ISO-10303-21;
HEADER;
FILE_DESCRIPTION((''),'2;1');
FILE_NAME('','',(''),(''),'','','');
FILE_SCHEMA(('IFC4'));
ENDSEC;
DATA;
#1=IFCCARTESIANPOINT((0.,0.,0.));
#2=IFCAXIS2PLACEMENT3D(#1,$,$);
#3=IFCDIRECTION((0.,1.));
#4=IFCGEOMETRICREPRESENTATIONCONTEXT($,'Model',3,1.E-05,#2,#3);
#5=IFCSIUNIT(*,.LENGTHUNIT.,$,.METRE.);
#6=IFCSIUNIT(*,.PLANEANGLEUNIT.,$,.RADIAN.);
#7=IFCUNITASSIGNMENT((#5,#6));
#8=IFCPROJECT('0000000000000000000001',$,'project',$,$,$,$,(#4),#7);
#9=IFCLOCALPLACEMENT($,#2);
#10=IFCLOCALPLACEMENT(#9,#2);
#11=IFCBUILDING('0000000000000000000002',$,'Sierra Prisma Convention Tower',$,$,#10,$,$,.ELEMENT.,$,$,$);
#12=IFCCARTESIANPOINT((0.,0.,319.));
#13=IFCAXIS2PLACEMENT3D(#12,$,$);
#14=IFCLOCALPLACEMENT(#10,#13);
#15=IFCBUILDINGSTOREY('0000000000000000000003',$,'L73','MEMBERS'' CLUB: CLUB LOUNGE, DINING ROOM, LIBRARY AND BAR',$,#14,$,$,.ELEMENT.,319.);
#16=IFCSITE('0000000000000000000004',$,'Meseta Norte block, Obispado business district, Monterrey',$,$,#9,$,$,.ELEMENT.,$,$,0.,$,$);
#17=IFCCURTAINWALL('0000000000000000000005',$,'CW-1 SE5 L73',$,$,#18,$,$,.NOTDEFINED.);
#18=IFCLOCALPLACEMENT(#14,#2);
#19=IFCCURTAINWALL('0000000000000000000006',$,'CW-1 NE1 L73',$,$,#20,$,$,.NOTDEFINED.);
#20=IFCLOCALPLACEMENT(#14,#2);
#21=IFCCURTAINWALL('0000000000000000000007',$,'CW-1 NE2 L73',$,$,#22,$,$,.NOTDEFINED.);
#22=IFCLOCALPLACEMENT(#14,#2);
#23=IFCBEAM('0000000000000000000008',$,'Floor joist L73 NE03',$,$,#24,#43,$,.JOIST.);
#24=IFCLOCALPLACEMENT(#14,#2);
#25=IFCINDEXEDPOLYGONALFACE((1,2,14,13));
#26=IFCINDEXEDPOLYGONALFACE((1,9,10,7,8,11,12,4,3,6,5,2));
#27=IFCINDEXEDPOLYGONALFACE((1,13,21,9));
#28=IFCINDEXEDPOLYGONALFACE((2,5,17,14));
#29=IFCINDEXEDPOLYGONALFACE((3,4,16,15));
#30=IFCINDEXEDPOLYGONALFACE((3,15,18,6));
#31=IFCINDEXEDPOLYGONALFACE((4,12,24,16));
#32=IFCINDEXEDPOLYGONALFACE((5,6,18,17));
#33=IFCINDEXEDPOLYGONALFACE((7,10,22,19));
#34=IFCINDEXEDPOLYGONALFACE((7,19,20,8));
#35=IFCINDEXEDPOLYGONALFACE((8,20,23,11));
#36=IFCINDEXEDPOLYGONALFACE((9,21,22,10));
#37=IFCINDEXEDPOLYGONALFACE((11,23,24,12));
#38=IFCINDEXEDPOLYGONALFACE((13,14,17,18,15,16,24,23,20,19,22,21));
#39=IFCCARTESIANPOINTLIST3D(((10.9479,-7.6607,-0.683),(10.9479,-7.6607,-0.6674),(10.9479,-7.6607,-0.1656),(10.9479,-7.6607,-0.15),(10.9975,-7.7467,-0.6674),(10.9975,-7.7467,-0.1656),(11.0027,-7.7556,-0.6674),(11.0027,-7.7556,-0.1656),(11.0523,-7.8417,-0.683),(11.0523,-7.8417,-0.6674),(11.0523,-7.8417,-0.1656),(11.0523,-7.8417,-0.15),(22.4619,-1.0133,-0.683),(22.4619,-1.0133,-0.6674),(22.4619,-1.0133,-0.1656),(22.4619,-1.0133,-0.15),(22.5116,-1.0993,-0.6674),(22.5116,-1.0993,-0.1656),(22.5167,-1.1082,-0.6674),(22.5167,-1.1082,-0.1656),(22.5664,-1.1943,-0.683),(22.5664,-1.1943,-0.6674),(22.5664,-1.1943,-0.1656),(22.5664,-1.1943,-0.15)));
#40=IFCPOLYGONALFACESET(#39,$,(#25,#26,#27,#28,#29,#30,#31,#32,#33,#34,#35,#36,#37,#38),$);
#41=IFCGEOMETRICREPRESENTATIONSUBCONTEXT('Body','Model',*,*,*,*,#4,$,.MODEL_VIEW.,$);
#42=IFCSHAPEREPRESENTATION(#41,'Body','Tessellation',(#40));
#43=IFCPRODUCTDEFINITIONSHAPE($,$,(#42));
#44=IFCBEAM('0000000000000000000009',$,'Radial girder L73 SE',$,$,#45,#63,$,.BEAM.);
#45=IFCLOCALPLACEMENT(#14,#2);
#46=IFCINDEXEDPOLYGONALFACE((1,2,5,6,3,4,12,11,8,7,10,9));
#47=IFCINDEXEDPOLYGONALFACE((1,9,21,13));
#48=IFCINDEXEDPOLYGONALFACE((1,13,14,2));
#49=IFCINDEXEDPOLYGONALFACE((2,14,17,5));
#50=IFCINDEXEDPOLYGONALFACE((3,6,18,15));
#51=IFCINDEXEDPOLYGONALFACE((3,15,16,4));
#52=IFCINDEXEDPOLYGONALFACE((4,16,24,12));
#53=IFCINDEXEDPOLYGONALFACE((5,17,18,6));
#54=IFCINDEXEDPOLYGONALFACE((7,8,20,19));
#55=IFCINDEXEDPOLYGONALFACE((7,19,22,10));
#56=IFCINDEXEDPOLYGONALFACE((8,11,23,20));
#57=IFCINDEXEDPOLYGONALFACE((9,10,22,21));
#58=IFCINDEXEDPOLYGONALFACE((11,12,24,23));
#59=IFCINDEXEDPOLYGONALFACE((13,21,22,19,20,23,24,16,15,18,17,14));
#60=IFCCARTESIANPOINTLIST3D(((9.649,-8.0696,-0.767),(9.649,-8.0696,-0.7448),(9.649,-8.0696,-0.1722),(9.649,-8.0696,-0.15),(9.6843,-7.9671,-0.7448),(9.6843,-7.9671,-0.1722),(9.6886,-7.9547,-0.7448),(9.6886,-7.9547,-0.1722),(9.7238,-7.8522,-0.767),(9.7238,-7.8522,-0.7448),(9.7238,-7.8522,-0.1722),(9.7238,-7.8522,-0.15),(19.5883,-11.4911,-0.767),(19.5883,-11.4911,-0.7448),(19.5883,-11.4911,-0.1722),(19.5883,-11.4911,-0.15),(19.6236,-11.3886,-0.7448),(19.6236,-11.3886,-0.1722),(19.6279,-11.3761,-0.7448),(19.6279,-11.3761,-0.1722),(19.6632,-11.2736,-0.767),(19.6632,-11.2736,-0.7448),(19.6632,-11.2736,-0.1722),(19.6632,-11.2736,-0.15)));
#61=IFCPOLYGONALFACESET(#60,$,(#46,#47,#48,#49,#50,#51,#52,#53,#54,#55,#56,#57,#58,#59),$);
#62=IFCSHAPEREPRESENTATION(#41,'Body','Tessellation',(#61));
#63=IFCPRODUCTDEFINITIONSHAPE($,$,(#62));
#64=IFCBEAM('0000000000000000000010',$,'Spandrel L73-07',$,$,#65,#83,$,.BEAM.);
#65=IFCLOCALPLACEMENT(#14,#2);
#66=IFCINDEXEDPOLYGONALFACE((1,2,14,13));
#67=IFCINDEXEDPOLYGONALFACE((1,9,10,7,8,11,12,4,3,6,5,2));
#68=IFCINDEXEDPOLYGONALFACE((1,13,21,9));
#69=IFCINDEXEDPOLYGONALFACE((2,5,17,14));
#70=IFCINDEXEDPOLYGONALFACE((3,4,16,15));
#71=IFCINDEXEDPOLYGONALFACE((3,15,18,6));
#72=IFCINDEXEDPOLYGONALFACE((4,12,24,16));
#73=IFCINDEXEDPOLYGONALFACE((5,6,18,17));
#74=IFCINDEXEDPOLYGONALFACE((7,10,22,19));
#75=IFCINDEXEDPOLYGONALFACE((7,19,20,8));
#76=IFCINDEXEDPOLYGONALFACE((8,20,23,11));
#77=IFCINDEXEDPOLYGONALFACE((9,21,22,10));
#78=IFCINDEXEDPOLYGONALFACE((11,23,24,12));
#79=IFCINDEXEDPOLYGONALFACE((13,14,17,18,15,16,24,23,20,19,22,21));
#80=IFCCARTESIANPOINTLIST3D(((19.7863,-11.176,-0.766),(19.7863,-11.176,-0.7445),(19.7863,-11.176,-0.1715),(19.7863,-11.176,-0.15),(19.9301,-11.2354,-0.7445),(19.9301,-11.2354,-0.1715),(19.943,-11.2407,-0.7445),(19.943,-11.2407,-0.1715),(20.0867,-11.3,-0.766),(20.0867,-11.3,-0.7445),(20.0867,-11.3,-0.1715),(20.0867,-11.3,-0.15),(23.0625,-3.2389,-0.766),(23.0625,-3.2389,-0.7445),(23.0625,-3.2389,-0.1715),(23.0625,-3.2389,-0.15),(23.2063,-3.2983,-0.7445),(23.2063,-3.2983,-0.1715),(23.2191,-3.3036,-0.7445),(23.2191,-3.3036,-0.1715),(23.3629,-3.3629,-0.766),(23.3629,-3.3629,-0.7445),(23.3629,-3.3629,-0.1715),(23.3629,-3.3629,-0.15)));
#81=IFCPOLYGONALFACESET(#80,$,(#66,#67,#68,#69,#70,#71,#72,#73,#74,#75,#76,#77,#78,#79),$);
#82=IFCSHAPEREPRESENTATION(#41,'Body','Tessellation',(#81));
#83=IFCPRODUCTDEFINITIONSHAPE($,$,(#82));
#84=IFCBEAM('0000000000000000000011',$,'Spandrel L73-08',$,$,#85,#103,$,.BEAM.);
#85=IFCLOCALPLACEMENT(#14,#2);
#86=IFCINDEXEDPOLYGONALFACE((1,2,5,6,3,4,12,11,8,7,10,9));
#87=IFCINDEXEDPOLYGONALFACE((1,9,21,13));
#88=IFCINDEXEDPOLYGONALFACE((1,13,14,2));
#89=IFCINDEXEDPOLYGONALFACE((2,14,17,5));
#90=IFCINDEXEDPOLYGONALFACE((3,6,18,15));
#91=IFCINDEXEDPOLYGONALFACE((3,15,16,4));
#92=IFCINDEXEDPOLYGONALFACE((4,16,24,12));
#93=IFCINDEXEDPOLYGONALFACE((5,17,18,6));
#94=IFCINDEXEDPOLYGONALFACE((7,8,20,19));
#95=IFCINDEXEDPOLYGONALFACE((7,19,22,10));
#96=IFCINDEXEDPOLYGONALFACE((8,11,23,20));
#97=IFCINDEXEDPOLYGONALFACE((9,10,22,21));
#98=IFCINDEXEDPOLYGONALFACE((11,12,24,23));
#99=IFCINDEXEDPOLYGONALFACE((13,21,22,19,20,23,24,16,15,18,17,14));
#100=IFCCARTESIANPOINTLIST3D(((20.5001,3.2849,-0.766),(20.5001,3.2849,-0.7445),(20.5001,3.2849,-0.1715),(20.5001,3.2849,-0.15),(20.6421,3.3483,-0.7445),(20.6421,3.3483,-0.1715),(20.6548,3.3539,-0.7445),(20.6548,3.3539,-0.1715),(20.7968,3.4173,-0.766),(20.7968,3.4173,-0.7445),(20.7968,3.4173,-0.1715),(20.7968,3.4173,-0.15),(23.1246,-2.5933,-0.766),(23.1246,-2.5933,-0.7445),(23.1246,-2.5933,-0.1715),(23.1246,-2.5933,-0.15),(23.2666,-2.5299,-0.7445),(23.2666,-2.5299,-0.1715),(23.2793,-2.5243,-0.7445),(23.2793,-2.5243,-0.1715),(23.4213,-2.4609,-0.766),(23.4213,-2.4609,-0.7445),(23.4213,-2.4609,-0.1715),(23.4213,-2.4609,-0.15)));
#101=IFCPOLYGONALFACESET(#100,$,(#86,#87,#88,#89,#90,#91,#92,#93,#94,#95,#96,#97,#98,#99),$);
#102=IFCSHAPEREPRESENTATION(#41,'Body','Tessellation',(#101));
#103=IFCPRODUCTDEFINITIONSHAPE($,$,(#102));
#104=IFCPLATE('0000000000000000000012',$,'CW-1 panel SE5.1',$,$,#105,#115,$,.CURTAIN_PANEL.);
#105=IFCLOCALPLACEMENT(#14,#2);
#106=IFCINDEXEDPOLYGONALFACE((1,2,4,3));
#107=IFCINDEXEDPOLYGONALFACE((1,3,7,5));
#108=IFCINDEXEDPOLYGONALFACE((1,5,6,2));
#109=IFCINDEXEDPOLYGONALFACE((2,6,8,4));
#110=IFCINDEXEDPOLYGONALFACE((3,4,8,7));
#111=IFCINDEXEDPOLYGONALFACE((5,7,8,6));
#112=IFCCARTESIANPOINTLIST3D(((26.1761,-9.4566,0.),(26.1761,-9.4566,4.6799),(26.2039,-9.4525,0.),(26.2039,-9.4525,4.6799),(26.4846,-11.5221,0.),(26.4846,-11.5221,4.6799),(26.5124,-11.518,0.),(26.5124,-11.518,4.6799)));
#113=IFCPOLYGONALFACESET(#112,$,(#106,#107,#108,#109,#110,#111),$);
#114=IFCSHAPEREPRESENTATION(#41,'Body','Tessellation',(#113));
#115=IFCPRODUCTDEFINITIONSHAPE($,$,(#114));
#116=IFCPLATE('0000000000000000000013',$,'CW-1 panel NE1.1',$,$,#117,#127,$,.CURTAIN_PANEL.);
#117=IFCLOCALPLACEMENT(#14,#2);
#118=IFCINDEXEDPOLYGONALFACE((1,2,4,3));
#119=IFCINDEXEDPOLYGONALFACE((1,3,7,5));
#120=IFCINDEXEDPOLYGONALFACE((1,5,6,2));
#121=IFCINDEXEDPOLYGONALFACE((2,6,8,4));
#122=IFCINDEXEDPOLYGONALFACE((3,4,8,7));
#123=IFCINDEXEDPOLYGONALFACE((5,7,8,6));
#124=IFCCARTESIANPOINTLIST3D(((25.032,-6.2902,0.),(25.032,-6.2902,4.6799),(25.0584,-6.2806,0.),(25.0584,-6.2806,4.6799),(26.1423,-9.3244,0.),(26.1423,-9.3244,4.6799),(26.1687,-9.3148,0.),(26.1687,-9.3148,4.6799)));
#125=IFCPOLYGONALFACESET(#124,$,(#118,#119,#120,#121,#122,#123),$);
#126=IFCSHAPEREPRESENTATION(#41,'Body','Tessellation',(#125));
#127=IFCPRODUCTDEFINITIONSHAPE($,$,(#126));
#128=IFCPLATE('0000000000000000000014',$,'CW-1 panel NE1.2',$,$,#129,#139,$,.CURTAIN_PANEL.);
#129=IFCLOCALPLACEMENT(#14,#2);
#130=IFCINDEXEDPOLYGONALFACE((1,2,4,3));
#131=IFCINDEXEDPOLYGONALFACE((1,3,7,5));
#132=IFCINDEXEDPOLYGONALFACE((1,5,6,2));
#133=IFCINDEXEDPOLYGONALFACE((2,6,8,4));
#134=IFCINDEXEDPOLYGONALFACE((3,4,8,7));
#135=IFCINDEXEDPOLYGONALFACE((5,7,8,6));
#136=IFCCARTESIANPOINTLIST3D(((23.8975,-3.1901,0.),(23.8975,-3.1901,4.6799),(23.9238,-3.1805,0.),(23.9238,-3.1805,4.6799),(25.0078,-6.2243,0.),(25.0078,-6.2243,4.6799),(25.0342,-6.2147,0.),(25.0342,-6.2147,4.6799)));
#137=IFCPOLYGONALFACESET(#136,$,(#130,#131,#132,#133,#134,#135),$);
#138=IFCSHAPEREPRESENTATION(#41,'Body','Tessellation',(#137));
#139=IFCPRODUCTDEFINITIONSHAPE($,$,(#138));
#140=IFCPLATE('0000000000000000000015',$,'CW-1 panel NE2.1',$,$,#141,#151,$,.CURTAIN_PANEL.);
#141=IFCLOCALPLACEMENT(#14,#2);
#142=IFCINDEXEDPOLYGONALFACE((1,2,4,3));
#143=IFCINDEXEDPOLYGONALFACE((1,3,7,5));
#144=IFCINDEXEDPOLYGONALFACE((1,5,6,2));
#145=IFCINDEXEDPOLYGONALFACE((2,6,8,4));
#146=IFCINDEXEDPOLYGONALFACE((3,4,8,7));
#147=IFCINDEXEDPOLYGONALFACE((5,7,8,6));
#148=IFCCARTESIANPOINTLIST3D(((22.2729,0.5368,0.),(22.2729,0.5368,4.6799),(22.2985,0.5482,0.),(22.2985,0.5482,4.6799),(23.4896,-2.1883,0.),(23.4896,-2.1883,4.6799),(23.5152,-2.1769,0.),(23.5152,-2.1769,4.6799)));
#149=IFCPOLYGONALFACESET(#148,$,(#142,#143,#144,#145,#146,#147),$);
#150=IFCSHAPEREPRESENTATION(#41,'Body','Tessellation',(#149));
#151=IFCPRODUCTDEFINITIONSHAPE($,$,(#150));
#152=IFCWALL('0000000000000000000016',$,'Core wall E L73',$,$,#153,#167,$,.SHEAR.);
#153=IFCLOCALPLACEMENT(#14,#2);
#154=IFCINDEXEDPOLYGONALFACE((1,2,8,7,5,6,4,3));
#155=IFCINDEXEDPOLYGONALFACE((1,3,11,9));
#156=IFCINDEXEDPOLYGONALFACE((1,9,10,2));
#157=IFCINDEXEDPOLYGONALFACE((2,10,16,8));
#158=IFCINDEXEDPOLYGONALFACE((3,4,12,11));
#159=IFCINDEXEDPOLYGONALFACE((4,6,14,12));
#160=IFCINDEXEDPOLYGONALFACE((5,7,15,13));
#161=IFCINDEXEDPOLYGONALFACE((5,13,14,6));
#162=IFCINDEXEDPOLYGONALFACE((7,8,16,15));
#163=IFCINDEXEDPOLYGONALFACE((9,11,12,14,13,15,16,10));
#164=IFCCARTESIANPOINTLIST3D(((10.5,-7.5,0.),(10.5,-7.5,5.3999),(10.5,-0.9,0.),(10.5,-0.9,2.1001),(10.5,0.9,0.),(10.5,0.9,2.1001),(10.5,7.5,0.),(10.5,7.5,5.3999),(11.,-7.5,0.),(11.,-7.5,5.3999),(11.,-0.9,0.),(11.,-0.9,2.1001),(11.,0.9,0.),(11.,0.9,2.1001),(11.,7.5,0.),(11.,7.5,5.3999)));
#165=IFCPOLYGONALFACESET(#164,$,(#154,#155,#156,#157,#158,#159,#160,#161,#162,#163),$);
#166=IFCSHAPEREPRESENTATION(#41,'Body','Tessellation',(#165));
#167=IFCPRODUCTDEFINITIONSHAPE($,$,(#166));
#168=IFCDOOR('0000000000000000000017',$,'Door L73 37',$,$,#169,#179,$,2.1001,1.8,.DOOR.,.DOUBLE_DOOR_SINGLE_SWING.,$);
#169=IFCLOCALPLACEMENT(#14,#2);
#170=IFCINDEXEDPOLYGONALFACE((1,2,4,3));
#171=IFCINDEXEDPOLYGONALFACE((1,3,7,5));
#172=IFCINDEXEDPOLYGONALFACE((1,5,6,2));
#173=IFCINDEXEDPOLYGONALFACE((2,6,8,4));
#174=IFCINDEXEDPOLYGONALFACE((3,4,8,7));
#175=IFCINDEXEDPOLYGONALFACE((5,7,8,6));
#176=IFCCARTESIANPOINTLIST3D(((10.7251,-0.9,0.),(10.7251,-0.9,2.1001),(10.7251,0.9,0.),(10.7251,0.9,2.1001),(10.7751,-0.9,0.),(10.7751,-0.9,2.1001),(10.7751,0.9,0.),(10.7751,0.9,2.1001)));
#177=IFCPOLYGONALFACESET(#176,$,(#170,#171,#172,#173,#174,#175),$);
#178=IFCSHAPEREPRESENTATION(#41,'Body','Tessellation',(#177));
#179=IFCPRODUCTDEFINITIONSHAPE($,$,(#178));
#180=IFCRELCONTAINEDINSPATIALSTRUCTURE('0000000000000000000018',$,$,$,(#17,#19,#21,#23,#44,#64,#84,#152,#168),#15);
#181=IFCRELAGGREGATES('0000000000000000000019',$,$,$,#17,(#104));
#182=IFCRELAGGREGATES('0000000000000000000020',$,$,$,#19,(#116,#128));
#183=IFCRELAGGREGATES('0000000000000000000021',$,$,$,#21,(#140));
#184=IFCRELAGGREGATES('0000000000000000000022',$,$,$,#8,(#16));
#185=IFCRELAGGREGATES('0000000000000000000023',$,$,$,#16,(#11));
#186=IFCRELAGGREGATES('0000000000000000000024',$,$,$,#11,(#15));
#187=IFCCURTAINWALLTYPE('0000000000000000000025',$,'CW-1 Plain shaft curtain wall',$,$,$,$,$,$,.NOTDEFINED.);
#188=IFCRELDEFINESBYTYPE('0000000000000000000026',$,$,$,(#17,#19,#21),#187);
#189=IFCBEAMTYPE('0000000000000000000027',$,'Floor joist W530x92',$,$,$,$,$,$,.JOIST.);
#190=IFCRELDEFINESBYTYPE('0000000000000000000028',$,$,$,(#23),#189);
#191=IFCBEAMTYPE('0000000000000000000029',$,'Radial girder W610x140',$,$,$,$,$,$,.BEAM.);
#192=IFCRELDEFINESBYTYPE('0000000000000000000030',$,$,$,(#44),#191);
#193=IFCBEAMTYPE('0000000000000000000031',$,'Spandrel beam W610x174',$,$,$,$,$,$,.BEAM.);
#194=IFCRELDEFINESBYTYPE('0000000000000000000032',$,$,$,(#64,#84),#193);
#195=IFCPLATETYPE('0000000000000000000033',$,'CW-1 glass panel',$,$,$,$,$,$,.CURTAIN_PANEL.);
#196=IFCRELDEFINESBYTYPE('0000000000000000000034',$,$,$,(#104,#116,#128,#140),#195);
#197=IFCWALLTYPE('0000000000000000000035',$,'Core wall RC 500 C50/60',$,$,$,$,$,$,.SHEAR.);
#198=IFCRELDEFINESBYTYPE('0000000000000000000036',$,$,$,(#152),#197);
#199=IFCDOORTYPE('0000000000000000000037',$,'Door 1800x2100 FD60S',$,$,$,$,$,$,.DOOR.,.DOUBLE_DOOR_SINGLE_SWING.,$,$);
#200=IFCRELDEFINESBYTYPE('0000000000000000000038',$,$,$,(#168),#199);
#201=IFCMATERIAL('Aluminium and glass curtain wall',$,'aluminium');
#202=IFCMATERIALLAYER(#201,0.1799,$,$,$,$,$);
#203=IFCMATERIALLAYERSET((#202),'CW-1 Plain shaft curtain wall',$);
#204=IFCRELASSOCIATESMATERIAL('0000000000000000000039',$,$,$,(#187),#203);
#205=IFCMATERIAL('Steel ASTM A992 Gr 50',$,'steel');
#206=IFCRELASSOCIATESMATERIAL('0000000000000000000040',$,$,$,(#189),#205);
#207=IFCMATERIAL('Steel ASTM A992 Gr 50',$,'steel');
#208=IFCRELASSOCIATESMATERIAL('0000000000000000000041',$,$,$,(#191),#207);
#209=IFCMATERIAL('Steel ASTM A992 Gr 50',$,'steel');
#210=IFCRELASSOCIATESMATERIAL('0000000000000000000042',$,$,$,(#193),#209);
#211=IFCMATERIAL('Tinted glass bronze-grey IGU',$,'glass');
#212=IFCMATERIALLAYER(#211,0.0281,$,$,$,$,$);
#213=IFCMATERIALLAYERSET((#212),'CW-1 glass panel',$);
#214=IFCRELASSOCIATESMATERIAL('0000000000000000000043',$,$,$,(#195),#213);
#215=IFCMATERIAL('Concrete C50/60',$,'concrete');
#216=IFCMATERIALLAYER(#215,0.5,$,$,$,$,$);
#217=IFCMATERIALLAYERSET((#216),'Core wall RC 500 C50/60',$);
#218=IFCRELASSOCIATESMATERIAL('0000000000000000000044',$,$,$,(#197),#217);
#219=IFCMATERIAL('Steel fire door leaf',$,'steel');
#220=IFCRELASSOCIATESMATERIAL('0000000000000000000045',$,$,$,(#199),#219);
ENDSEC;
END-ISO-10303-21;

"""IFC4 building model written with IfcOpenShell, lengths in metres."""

from ifc_helpers import new_model, si_unit, direction, frame, frame_2d, origin, origin_2d, place, context, subcontext, project, spatial, rectangle, i_section, extrude, material, layer, layer_set, material_profile, profile_set, type_object, element, fill, aggregate, save


model = new_model("IFC4")

# Units and contexts
model_context = context("Model", 3, precision=1e-05, world=origin(), true_north=direction((0.0, 1.0)))
body_context = subcontext(model_context, "Body", "Model", "MODEL_VIEW")
ifc_project = project(units=[si_unit("LENGTHUNIT", "METRE"), si_unit("PLANEANGLEUNIT", "RADIAN")], contexts=[model_context])

# Site, building, storey
site_placement = place(None, origin())
site = spatial("IfcSite", under=ifc_project, at=site_placement, Name="Meseta Norte block, Obispado business district, Monterrey", CompositionType="ELEMENT", RefElevation=0.0)
building_placement = place(site_placement, origin())
building = spatial("IfcBuilding", under=site, at=building_placement, Name="Sierra Prisma Convention Tower", CompositionType="ELEMENT")
storey_placement = place(building_placement, frame((0.0, 0.0, 319.0)))
storey = spatial("IfcBuildingStorey", under=building, at=storey_placement, Name="L73", Description="MEMBERS' CLUB: CLUB LOUNGE, DINING ROOM, LIBRARY AND BAR", CompositionType="ELEMENT", Elevation=319.0)

# Curtain wall
ifc_material_1 = material(Name="Aluminium and glass curtain wall", Category="aluminium")
ifc_layer_1 = layer(ifc_material_1, 0.1799)
ifc_layer_set_1 = layer_set([ifc_layer_1], Name="CW-1 Plain shaft curtain wall")
curtain_wall_type = type_object("IfcCurtainWallType", Name="CW-1 Plain shaft curtain wall", PredefinedType="NOTDEFINED", material=ifc_layer_set_1)
curtain_wall_1_placement = place(storey_placement, origin())
curtain_wall_1 = element("IfcCurtainWall", 1, at=curtain_wall_1_placement, inside=storey, type_object=curtain_wall_type, Name="CW-1 SE5 L73", PredefinedType="NOTDEFINED")

# Curtain wall
curtain_wall_2_placement = place(storey_placement, origin())
curtain_wall_2 = element("IfcCurtainWall", 2, at=curtain_wall_2_placement, inside=storey, type_object=curtain_wall_type, Name="CW-1 NE1 L73", PredefinedType="NOTDEFINED")

# Curtain wall
curtain_wall_3_placement = place(storey_placement, origin())
curtain_wall_3 = element("IfcCurtainWall", 3, at=curtain_wall_3_placement, inside=storey, type_object=curtain_wall_type, Name="CW-1 NE2 L73", PredefinedType="NOTDEFINED")

# Beams
ifc_material_2 = material(Name="Steel ASTM A992 Gr 50", Category="steel")
ifc_material_profile_1 = material_profile(ifc_material_2, i_section(OverallWidth=0.209, OverallDepth=0.533, WebThickness=0.0103, FlangeThickness=0.0156, at=origin_2d()), Name="W530x92")
ifc_profile_set_1 = profile_set([ifc_material_profile_1], Name="Steel ASTM A992 Gr 50")
beam_type_1 = type_object("IfcBeamType", Name="Floor joist W530x92", PredefinedType="JOIST", material=ifc_profile_set_1)
beam_1_placement = place(storey_placement, frame((22.5142, -1.1038, -0.4165), z_axis=(-0.866033, -0.499986, 0.0), x_axis=(0.499986, -0.866033, 0.0)))
element("IfcBeam", 4, at=beam_1_placement, inside=storey, type_object=beam_type_1, Name="Floor joist L73 NE03", PredefinedType="JOIST", context=body_context, shape_type="SweptSolid", body=[
    extrude(i_section(OverallWidth=0.209, OverallDepth=0.533, WebThickness=0.0103, FlangeThickness=0.0156, at=origin_2d()), origin(), (0.0, 0.0, 1.0), 13.2952),
])
ifc_material_3 = material(Name="Steel ASTM A992 Gr 50", Category="steel")
ifc_material_profile_2 = material_profile(ifc_material_3, i_section(OverallWidth=0.23, OverallDepth=0.6169, WebThickness=0.0132, FlangeThickness=0.0222, at=origin_2d()), Name="W610x140")
ifc_profile_set_2 = profile_set([ifc_material_profile_2], Name="Steel ASTM A992 Gr 50")
beam_type_2 = type_object("IfcBeamType", Name="Radial girder W610x140", PredefinedType="BEAM", material=ifc_profile_set_2)
beam_2_placement = place(storey_placement, frame((19.6257, -11.3823, -0.4585), z_axis=(-0.945547, 0.325487, 0.0), x_axis=(-0.325487, -0.945547, 0.0)))
element("IfcBeam", 5, at=beam_2_placement, inside=storey, type_object=beam_type_2, Name="Radial girder L73 SE", PredefinedType="BEAM", context=body_context, shape_type="SweptSolid", body=[
    extrude(i_section(OverallWidth=0.23, OverallDepth=0.6169, WebThickness=0.0132, FlangeThickness=0.0222, at=origin_2d()), origin(), (0.0, 0.0, 1.0), 10.5117),
])
ifc_material_4 = material(Name="Steel ASTM A992 Gr 50", Category="steel")
ifc_material_profile_3 = material_profile(ifc_material_4, i_section(OverallWidth=0.325, OverallDepth=0.616, WebThickness=0.0139, FlangeThickness=0.0215, at=origin_2d()), Name="W610x174")
ifc_profile_set_3 = profile_set([ifc_material_profile_3], Name="Steel ASTM A992 Gr 50")
beam_type_3 = type_object("IfcBeamType", Name="Spandrel beam W610x174", PredefinedType="BEAM", material=ifc_profile_set_3)
beam_3_placement = place(storey_placement, frame((19.9365, -11.238, -0.458), z_axis=(0.38154, 0.924352, 0.0), x_axis=(-0.924352, 0.38154, 0.0)))
element("IfcBeam", 6, at=beam_3_placement, inside=storey, type_object=beam_type_3, Name="Spandrel L73-07", PredefinedType="BEAM", context=body_context, shape_type="SweptSolid", body=[
    extrude(i_section(OverallWidth=0.325, OverallDepth=0.616, WebThickness=0.0139, FlangeThickness=0.0215, at=origin_2d()), origin(), (0.0, 0.0, 1.0), 8.5867),
])
beam_4_placement = place(storey_placement, frame((23.2729, -2.5271, -0.458), z_axis=(-0.407693, 0.913119, 0.0), x_axis=(-0.913119, -0.407693, 0.0)))
element("IfcBeam", 7, at=beam_4_placement, inside=storey, type_object=beam_type_3, Name="Spandrel L73-08", PredefinedType="BEAM", context=body_context, shape_type="SweptSolid", body=[
    extrude(i_section(OverallWidth=0.325, OverallDepth=0.616, WebThickness=0.0139, FlangeThickness=0.0215, at=origin_2d()), origin(), (0.0, 0.0, 1.0), 6.4375),
])

# Plates
ifc_material_5 = material(Name="Tinted glass bronze-grey IGU", Category="glass")
ifc_layer_2 = layer(ifc_material_5, 0.0281)
ifc_layer_set_2 = layer_set([ifc_layer_2], Name="CW-1 glass panel")
plate_type = type_object("IfcPlateType", Name="CW-1 glass panel", PredefinedType="CURTAIN_PANEL", material=ifc_layer_set_2)
plate_1_placement = place(storey_placement, frame((26.3442, -10.4873, 0.0), z_axis=(0.0, 0.0, 1.0), x_axis=(-0.14774, 0.989026, 0.0)))
plate_1 = element("IfcPlate", 8, at=plate_1_placement, type_object=plate_type, Name="CW-1 panel SE5.1", PredefinedType="CURTAIN_PANEL", context=body_context, shape_type="SweptSolid", body=[
    extrude(rectangle(XDim=2.0884, YDim=0.0281, at=origin_2d()), origin(), (0.0, 0.0, 1.0), 4.6799),
])
aggregate(curtain_wall_1, [plate_1])
plate_2_placement = place(storey_placement, frame((25.6003, -7.8025, 0.0), z_axis=(0.0, 0.0, 1.0), x_axis=(-0.34366, 0.939094, 0.0)))
plate_2 = element("IfcPlate", 9, at=plate_2_placement, type_object=plate_type, Name="CW-1 panel NE1.1", PredefinedType="CURTAIN_PANEL", context=body_context, shape_type="SweptSolid", body=[
    extrude(rectangle(XDim=3.231, YDim=0.0281, at=origin_2d()), origin(), (0.0, 0.0, 1.0), 4.6799),
])
plate_3_placement = place(storey_placement, frame((24.4658, -4.7024, 0.0), z_axis=(0.0, 0.0, 1.0), x_axis=(-0.34366, 0.939094, 0.0)))
plate_3 = element("IfcPlate", 10, at=plate_3_placement, type_object=plate_type, Name="CW-1 panel NE1.2", PredefinedType="CURTAIN_PANEL", context=body_context, shape_type="SweptSolid", body=[
    extrude(rectangle(XDim=3.231, YDim=0.0281, at=origin_2d()), origin(), (0.0, 0.0, 1.0), 4.6799),
])
aggregate(curtain_wall_2, [plate_2, plate_3])
plate_4_placement = place(storey_placement, frame((22.894, -0.8201, 0.0), z_axis=(0.0, 0.0, 1.0), x_axis=(-0.407693, 0.913119, 0.0)))
plate_4 = element("IfcPlate", 11, at=plate_4_placement, type_object=plate_type, Name="CW-1 panel NE2.1", PredefinedType="CURTAIN_PANEL", context=body_context, shape_type="SweptSolid", body=[
    extrude(rectangle(XDim=2.9844, YDim=0.0281, at=origin_2d()), origin(), (0.0, 0.0, 1.0), 4.6799),
])
aggregate(curtain_wall_3, [plate_4])

# Wall, opening, door
ifc_material_6 = material(Name="Concrete C50/60", Category="concrete")
ifc_layer_3 = layer(ifc_material_6, 0.5)
ifc_layer_set_3 = layer_set([ifc_layer_3], Name="Core wall RC 500 C50/60")
wall_type_1 = type_object("IfcWallType", Name="Core wall RC 500 C50/60", PredefinedType="SHEAR", material=ifc_layer_set_3)
wall_1_placement = place(storey_placement, frame((10.75, -7.5, 0.0), z_axis=(0.0, 0.0, 1.0), x_axis=(0.0, 1.0, 0.0)))
wall_1 = element("IfcWall", 12, at=wall_1_placement, inside=storey, type_object=wall_type_1, Name="Core wall E L73", PredefinedType="SHEAR", context=body_context, shape_type="SweptSolid", body=[
    extrude(rectangle(XDim=15.0, YDim=0.5, at=frame_2d((7.5, 0.0))), origin(), (0.0, 0.0, 1.0), 5.3999),
])
opening_1_placement = place(wall_1_placement, frame((6.6001, 0.0, 0.0)))
opening_1 = element("IfcOpeningElement", 13, at=opening_1_placement, cuts=wall_1, PredefinedType="OPENING", context=body_context, shape_type="SweptSolid", body=[
    extrude(rectangle(XDim=1.8, YDim=2.1001, at=frame_2d((0.8999, 1.05))), frame((0.0, 0.25, 0.0), z_axis=(0.0, -1.0, 0.0), x_axis=(1.0, 0.0, 0.0)), (0.0, 0.0, 1.0), 0.5),
])
ifc_material_7 = material(Name="Steel fire door leaf", Category="steel")
door_type_1 = type_object("IfcDoorType", Name="Door 1800x2100 FD60S", OperationType="DOUBLE_DOOR_SINGLE_SWING", PredefinedType="DOOR", material=ifc_material_7)
door_1_placement = place(opening_1_placement, origin())
door_1 = element("IfcDoor", 14, at=door_1_placement, inside=storey, type_object=door_type_1, Name="Door L73 37", OperationType="DOUBLE_DOOR_SINGLE_SWING", OverallHeight=2.1001, OverallWidth=1.8, PredefinedType="DOOR", context=body_context, shape_type="SweptSolid", body=[
    extrude(rectangle(XDim=1.8, YDim=2.1001, at=frame_2d((0.8999, 1.05))), frame((0.0, 0.0249, 0.0), z_axis=(0.0, -1.0, 0.0), x_axis=(1.0, 0.0, 0.0)), (0.0, 0.0, 1.0), 0.05),
])
fill(opening_1, door_1)

save(model, "model.ifc")
